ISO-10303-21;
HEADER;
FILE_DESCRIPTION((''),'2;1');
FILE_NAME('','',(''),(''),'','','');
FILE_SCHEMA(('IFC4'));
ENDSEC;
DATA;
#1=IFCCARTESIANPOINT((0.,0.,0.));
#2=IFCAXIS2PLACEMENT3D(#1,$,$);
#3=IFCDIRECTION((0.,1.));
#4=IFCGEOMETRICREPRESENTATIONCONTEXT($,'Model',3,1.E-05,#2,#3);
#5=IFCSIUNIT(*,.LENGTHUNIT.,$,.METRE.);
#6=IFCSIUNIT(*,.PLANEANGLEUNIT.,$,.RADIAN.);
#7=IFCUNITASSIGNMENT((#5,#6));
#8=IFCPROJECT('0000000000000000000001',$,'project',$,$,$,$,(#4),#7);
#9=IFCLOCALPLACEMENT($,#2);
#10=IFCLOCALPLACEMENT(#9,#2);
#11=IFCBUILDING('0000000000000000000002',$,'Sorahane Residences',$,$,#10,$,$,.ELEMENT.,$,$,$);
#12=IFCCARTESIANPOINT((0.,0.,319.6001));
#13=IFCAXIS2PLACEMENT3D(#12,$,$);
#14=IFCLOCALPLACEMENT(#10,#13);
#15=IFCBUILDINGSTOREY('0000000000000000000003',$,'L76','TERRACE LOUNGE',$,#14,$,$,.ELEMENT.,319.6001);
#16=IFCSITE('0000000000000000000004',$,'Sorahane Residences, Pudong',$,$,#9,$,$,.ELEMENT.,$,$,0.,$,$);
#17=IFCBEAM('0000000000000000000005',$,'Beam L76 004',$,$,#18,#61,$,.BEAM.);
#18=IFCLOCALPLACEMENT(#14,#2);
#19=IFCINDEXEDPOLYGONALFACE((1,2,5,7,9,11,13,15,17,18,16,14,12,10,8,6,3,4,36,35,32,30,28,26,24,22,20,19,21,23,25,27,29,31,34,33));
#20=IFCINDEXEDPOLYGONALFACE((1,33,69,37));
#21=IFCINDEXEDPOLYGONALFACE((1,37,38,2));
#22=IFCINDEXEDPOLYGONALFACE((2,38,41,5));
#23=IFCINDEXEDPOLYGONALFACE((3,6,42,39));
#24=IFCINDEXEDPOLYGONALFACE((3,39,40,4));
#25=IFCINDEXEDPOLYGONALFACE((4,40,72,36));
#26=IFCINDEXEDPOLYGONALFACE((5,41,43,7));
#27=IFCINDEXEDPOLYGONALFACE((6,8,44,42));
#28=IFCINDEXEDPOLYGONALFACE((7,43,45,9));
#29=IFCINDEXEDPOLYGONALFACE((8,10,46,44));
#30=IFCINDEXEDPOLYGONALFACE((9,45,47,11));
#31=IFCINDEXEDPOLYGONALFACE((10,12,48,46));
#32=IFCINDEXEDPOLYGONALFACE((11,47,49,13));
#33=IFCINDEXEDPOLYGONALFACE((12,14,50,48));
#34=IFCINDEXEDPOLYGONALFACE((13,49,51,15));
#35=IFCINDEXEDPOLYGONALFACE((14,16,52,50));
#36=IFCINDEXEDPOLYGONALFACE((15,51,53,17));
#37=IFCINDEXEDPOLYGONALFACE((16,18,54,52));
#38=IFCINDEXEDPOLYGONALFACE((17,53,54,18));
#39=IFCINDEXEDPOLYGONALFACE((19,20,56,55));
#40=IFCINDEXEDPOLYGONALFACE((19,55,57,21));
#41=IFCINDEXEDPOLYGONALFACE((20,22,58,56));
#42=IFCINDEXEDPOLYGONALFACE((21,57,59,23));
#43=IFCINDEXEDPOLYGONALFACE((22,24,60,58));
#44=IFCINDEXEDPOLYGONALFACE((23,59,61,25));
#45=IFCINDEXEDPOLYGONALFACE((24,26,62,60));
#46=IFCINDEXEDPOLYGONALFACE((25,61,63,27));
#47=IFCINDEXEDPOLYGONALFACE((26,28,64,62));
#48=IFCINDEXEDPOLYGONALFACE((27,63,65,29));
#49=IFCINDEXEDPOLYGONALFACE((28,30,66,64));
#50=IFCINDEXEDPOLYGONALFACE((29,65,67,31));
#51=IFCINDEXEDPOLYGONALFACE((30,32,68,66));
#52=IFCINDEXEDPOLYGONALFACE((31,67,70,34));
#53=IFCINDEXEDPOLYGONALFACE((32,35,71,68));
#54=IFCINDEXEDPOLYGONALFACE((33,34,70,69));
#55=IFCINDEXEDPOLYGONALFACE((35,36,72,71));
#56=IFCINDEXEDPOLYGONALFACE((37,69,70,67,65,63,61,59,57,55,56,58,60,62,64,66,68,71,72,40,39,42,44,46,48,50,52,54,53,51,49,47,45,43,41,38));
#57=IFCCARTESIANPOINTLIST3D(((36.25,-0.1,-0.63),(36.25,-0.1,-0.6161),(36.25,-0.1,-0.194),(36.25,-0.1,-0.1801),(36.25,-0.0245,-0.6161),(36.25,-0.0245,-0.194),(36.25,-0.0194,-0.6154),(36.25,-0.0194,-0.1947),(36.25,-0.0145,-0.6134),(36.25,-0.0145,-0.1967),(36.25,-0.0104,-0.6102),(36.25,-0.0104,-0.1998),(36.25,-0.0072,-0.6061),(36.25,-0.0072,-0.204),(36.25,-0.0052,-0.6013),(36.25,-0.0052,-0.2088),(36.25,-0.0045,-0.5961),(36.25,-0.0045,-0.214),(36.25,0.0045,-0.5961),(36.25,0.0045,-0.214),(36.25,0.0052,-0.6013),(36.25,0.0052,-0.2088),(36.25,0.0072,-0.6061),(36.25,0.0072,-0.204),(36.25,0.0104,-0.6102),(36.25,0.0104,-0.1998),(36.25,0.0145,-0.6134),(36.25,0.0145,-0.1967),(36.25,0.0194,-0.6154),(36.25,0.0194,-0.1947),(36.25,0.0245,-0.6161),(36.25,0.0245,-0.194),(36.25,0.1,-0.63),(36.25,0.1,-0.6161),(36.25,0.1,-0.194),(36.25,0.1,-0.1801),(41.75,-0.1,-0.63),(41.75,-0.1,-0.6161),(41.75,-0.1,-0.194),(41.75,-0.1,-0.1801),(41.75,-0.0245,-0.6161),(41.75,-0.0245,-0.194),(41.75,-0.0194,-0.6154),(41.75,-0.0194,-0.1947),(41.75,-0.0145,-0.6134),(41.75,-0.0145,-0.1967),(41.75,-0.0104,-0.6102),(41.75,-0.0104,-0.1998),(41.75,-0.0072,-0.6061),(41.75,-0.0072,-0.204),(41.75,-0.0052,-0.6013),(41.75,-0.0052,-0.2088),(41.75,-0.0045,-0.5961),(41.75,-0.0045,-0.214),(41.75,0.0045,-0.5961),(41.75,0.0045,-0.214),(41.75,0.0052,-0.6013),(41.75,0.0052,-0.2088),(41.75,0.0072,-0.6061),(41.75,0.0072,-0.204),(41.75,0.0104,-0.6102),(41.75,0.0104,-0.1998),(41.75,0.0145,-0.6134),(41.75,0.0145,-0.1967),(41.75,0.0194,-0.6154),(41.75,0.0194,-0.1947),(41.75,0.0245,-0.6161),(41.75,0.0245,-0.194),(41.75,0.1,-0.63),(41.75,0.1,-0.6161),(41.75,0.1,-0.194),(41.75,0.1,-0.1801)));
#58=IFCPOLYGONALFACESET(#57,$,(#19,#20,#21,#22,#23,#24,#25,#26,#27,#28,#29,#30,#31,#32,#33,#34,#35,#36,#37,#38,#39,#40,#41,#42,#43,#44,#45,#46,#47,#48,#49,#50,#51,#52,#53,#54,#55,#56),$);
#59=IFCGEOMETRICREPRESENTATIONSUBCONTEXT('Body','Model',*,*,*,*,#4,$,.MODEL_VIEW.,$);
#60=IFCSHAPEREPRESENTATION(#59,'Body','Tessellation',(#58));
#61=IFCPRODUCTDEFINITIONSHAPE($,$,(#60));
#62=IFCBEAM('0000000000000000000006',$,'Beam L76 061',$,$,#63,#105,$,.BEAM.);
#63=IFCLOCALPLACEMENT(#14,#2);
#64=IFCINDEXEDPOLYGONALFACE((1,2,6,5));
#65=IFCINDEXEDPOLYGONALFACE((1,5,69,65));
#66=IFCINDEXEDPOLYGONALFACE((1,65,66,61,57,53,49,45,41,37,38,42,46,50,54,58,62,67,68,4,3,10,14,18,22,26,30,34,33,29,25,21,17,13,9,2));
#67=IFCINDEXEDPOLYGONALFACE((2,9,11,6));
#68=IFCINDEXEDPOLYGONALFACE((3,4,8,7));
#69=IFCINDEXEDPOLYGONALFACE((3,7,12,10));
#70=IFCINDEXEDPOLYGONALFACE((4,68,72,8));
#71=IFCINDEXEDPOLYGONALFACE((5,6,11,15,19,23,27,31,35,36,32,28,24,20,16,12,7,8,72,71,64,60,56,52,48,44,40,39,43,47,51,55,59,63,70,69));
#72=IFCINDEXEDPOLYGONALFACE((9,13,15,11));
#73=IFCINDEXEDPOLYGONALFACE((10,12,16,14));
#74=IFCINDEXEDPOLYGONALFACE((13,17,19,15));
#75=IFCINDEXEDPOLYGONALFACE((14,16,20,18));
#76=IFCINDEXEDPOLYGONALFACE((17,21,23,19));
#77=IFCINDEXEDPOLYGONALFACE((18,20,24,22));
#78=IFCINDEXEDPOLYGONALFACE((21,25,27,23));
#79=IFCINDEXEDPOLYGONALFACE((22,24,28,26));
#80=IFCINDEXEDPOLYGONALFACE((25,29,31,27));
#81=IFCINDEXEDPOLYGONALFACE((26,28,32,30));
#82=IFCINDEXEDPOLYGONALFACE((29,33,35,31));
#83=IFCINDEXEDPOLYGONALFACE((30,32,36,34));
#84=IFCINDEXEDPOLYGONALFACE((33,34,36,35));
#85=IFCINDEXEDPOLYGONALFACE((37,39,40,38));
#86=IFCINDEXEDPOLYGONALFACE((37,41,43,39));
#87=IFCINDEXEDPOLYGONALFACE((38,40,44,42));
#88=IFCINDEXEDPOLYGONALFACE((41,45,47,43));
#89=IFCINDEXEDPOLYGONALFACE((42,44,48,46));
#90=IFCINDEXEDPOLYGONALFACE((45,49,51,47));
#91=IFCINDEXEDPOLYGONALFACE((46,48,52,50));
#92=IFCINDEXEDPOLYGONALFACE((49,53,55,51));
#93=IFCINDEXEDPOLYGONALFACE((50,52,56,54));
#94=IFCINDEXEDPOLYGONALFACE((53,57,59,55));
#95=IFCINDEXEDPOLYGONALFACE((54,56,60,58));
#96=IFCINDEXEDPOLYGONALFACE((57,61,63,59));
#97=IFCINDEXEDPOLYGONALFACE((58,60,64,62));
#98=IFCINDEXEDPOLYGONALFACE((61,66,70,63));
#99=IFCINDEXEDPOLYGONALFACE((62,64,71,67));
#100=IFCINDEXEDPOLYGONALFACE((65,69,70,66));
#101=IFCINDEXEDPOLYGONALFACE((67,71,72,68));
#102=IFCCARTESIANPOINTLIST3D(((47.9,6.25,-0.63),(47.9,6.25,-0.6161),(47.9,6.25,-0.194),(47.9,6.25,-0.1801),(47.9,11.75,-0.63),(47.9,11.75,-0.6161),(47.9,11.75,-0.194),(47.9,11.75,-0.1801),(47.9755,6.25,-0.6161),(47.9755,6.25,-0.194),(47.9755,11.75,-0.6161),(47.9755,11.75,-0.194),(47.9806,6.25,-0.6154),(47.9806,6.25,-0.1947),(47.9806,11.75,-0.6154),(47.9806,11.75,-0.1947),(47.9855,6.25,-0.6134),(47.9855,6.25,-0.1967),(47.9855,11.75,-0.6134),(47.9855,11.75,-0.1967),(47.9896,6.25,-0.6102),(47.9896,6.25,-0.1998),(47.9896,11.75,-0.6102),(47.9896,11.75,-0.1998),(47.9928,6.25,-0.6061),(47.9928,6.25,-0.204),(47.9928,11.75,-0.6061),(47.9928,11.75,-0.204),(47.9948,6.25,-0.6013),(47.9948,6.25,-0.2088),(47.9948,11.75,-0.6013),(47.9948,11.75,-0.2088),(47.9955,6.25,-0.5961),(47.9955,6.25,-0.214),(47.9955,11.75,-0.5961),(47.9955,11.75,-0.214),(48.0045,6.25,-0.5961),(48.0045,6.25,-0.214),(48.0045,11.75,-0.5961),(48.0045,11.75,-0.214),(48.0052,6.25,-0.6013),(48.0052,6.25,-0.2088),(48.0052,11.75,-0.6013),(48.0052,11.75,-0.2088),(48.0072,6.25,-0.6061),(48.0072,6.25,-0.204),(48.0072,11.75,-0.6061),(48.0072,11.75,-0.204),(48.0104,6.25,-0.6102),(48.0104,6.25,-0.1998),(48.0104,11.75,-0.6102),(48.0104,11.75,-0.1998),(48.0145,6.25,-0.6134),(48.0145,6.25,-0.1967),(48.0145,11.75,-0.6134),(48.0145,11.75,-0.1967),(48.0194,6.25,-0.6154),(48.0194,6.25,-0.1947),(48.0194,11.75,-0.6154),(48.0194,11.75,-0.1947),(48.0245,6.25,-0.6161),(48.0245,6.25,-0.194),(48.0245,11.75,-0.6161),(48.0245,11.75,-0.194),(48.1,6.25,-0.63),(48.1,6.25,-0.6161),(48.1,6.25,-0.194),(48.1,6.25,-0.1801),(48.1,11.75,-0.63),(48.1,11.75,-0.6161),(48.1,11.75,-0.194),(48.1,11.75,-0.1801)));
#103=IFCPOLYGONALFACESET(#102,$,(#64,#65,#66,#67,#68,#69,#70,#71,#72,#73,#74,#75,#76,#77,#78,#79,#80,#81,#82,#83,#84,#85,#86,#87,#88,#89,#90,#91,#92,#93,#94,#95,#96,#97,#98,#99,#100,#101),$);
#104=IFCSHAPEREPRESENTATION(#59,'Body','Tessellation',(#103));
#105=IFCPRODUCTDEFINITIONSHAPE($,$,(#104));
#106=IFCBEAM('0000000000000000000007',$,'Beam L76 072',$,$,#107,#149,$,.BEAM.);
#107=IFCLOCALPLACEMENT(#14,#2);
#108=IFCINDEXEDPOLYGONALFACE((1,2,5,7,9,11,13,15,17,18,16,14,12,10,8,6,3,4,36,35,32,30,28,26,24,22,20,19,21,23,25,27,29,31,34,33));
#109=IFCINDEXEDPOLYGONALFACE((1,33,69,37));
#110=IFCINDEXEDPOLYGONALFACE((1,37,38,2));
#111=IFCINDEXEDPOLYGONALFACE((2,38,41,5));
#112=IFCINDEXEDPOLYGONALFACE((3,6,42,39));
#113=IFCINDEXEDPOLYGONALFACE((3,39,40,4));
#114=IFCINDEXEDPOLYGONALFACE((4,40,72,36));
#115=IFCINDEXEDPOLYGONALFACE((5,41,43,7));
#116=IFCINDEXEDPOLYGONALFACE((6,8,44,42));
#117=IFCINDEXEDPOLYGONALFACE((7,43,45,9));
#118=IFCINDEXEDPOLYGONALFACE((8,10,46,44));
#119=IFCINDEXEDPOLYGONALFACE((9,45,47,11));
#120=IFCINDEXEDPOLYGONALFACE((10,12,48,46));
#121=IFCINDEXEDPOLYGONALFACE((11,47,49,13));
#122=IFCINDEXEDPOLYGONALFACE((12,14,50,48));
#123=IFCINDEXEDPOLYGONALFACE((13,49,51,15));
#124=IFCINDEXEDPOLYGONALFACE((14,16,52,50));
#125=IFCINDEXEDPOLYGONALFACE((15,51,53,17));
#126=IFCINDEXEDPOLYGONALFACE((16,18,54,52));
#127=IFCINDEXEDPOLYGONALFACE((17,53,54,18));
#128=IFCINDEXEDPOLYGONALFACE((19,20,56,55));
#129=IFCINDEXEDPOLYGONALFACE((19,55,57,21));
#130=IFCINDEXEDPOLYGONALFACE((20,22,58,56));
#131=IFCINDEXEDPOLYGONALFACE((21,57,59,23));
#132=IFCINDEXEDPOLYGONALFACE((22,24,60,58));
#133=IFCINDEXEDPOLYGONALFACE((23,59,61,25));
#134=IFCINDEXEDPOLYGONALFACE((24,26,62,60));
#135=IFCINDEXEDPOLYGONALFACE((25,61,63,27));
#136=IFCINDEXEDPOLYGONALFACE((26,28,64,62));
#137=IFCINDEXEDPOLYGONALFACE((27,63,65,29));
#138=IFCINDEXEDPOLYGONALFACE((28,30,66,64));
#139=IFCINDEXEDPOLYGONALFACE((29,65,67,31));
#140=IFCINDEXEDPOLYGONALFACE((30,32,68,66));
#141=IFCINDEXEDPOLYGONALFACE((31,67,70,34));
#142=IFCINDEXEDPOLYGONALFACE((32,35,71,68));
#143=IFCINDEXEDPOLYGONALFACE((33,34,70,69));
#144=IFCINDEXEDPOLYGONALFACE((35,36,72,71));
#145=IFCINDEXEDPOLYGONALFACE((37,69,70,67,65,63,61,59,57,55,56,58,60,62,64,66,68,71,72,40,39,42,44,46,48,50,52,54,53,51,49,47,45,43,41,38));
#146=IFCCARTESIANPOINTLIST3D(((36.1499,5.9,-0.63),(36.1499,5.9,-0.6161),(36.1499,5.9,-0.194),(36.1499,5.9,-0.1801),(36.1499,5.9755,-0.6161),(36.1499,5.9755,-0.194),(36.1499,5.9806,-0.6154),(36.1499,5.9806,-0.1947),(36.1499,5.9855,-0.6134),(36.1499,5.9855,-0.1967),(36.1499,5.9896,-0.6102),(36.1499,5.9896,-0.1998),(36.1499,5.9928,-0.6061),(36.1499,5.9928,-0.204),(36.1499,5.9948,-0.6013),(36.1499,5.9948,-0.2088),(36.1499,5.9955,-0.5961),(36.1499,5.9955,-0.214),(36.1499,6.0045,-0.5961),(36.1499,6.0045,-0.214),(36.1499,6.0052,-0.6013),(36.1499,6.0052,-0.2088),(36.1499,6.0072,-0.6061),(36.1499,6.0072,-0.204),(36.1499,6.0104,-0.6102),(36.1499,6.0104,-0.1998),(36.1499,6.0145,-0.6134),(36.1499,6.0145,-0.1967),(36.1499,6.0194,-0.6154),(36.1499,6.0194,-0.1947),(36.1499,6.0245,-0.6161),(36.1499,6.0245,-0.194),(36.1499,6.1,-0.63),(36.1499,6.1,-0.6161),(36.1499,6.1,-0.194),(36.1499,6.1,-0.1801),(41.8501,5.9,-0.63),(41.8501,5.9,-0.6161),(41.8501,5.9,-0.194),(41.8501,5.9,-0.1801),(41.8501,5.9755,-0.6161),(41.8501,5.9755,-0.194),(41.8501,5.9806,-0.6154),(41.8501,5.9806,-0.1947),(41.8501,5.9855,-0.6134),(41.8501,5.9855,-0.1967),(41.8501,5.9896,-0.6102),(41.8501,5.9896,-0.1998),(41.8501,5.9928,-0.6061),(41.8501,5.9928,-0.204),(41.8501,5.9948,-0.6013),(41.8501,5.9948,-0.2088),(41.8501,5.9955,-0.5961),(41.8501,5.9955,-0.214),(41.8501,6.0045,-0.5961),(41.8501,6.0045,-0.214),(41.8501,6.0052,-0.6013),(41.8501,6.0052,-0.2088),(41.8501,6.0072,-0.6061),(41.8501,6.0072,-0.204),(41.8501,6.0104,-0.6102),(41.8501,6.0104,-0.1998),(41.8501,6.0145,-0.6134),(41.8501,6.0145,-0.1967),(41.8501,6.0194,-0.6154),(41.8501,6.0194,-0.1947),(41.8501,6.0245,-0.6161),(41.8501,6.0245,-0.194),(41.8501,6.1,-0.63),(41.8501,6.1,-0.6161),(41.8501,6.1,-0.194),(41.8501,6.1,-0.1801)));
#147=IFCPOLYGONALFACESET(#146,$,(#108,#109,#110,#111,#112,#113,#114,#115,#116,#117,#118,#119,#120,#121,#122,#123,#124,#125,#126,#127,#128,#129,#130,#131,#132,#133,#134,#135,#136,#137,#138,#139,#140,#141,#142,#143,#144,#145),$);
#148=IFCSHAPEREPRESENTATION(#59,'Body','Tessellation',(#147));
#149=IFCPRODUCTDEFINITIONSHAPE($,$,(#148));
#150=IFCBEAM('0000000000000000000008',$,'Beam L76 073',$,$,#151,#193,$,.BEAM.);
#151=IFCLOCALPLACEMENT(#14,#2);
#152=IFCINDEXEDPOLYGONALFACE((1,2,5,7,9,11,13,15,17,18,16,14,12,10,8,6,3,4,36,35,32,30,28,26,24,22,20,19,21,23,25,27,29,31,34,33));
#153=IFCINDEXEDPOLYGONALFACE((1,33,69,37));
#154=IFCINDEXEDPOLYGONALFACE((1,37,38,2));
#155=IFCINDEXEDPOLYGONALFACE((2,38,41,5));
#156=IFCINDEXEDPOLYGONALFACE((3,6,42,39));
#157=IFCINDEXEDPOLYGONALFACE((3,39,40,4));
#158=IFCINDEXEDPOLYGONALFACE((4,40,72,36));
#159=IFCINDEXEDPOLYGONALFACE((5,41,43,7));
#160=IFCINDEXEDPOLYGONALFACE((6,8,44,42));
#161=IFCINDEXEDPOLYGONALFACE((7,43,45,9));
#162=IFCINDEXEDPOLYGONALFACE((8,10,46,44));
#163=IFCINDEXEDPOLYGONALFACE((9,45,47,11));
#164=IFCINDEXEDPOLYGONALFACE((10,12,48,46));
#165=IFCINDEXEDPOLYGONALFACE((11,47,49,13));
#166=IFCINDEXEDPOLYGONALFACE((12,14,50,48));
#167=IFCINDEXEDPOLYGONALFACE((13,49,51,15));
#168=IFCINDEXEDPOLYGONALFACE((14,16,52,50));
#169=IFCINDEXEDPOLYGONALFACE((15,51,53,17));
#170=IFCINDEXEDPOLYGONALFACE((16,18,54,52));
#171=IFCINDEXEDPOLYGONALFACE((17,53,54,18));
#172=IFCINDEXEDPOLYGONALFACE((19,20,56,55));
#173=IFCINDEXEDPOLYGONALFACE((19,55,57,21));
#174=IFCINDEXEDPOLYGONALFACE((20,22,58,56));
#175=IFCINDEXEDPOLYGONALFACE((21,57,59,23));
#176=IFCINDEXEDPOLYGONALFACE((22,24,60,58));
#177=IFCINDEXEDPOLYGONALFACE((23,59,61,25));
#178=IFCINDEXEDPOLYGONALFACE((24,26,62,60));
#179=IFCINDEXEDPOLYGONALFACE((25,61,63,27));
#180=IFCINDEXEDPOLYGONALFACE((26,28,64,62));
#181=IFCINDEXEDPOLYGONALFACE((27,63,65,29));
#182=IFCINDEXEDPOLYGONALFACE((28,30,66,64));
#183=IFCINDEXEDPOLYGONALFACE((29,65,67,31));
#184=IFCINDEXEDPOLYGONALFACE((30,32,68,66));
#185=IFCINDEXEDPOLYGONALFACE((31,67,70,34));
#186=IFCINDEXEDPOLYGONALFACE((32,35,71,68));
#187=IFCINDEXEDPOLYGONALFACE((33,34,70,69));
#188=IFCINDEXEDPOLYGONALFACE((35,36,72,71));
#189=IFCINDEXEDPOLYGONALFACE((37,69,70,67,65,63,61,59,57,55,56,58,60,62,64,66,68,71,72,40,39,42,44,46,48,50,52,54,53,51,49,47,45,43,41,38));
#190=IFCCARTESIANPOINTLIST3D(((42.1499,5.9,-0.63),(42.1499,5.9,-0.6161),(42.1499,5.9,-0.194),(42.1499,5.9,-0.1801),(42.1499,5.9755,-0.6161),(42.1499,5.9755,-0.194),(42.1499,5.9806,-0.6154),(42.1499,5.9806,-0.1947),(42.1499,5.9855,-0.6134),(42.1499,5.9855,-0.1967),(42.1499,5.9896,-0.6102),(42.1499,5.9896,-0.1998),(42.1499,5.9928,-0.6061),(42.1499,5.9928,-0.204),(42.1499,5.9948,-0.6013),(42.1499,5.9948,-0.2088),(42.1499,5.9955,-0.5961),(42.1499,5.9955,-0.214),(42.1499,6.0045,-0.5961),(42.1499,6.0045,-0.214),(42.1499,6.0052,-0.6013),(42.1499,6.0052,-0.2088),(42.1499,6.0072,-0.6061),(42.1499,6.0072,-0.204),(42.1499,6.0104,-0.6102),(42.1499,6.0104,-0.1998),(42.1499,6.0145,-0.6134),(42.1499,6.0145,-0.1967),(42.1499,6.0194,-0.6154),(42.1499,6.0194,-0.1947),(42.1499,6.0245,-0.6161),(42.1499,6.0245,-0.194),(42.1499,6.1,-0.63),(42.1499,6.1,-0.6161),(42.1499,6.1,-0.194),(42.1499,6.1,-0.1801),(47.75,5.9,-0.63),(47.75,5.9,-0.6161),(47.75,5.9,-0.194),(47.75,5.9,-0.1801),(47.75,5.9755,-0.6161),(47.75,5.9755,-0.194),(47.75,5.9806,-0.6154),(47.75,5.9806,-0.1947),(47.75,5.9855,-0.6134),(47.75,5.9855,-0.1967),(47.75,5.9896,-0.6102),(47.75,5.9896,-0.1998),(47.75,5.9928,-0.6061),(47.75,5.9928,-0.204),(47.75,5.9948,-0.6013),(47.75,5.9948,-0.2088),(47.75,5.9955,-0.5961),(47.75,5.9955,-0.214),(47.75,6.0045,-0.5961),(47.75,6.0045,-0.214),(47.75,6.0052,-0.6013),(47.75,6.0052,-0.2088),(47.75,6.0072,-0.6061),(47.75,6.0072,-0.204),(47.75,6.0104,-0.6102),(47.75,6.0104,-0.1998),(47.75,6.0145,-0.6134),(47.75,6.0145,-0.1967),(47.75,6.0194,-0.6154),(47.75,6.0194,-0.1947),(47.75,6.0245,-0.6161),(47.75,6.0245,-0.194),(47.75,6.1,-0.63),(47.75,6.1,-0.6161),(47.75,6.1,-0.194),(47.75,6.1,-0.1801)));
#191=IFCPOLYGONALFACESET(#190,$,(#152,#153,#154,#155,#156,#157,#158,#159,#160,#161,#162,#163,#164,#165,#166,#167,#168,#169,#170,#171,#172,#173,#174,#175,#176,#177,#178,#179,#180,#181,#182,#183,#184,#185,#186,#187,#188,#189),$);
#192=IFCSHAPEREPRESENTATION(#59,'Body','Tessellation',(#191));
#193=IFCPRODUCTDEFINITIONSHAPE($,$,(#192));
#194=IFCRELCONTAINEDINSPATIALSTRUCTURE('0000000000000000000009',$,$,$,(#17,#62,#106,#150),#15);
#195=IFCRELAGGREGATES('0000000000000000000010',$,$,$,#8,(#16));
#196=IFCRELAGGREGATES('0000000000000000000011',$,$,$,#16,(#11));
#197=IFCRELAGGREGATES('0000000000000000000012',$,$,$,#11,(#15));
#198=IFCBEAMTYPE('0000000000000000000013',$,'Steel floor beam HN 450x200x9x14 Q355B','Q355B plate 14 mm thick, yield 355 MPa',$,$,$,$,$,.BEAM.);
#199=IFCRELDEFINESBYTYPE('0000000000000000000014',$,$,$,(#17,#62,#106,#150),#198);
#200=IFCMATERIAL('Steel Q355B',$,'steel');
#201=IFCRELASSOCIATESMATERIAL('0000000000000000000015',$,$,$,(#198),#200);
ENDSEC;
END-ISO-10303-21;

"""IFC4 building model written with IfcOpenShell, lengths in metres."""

from ifc_helpers import new_model, si_unit, direction, frame, origin, origin_2d, place, context, subcontext, project, spatial, i_section, extrude, material, material_profile, profile_set, type_object, element, save


model = new_model("IFC4")

# Units and contexts
model_context = context("Model", 3, precision=1e-05, world=origin(), true_north=direction((0.0, 1.0)))
body_context = subcontext(model_context, "Body", "Model", "MODEL_VIEW")
ifc_project = project(units=[si_unit("LENGTHUNIT", "METRE"), si_unit("PLANEANGLEUNIT", "RADIAN")], contexts=[model_context])

# Site, building, storey
site_placement = place(None, origin())
site = spatial("IfcSite", under=ifc_project, at=site_placement, Name="Sorahane Residences, Pudong", CompositionType="ELEMENT", RefElevation=0.0)
building_placement = place(site_placement, origin())
building = spatial("IfcBuilding", under=site, at=building_placement, Name="Sorahane Residences", CompositionType="ELEMENT")
storey_placement = place(building_placement, frame((0.0, 0.0, 319.6001)))
storey = spatial("IfcBuildingStorey", under=building, at=storey_placement, Name="L76", Description="TERRACE LOUNGE", CompositionType="ELEMENT", Elevation=319.6001)

# Beams
ifc_material_1 = material(Name="Steel Q355B", Category="steel")
ifc_material_profile_1 = material_profile(ifc_material_1, i_section(OverallWidth=0.2, OverallDepth=0.45, WebThickness=0.009, FlangeThickness=0.0139, FilletRadius=0.02, at=origin_2d()), Name="HN 450x200x9x14")
ifc_profile_set_1 = profile_set([ifc_material_profile_1], Name="Steel Q355B")
beam_type_1 = type_object("IfcBeamType", Name="Steel floor beam HN 450x200x9x14 Q355B", Description="Q355B plate 14 mm thick, yield 355 MPa", PredefinedType="BEAM", material=ifc_profile_set_1)
for number, where, z_axis, x_axis, name in (
    (1, (36.25, 0.0, -0.405), (1.0, 0.0, 0.0), (0.0, 1.0, 0.0), "Beam L76 004"),
    (2, (48.0, 6.25, -0.405), (0.0, 1.0, 0.0), (-1.0, 0.0, 0.0), "Beam L76 061"),
):
    element("IfcBeam", number, at=place(storey_placement, frame(where, z_axis=z_axis, x_axis=x_axis)), inside=storey, type_object=beam_type_1, Name=name, PredefinedType="BEAM", context=body_context, shape_type="SweptSolid", body=[
        extrude(i_section(OverallWidth=0.2, OverallDepth=0.45, WebThickness=0.009, FlangeThickness=0.0139, FilletRadius=0.02, at=origin_2d()), origin(), (0.0, 0.0, 1.0), 5.5),
    ])
beam_1_placement = place(storey_placement, frame((36.1499, 6.0, -0.405), z_axis=(1.0, 0.0, 0.0), x_axis=(0.0, 1.0, 0.0)))
element("IfcBeam", 3, at=beam_1_placement, inside=storey, type_object=beam_type_1, Name="Beam L76 072", PredefinedType="BEAM", context=body_context, shape_type="SweptSolid", body=[
    extrude(i_section(OverallWidth=0.2, OverallDepth=0.45, WebThickness=0.009, FlangeThickness=0.0139, FilletRadius=0.02, at=origin_2d()), origin(), (0.0, 0.0, 1.0), 5.7002),
])
beam_2_placement = place(storey_placement, frame((42.1499, 6.0, -0.405), z_axis=(1.0, 0.0, 0.0), x_axis=(0.0, 1.0, 0.0)))
element("IfcBeam", 4, at=beam_2_placement, inside=storey, type_object=beam_type_1, Name="Beam L76 073", PredefinedType="BEAM", context=body_context, shape_type="SweptSolid", body=[
    extrude(i_section(OverallWidth=0.2, OverallDepth=0.45, WebThickness=0.009, FlangeThickness=0.0139, FilletRadius=0.02, at=origin_2d()), origin(), (0.0, 0.0, 1.0), 5.6001),
])

save(model, "model.ifc")
